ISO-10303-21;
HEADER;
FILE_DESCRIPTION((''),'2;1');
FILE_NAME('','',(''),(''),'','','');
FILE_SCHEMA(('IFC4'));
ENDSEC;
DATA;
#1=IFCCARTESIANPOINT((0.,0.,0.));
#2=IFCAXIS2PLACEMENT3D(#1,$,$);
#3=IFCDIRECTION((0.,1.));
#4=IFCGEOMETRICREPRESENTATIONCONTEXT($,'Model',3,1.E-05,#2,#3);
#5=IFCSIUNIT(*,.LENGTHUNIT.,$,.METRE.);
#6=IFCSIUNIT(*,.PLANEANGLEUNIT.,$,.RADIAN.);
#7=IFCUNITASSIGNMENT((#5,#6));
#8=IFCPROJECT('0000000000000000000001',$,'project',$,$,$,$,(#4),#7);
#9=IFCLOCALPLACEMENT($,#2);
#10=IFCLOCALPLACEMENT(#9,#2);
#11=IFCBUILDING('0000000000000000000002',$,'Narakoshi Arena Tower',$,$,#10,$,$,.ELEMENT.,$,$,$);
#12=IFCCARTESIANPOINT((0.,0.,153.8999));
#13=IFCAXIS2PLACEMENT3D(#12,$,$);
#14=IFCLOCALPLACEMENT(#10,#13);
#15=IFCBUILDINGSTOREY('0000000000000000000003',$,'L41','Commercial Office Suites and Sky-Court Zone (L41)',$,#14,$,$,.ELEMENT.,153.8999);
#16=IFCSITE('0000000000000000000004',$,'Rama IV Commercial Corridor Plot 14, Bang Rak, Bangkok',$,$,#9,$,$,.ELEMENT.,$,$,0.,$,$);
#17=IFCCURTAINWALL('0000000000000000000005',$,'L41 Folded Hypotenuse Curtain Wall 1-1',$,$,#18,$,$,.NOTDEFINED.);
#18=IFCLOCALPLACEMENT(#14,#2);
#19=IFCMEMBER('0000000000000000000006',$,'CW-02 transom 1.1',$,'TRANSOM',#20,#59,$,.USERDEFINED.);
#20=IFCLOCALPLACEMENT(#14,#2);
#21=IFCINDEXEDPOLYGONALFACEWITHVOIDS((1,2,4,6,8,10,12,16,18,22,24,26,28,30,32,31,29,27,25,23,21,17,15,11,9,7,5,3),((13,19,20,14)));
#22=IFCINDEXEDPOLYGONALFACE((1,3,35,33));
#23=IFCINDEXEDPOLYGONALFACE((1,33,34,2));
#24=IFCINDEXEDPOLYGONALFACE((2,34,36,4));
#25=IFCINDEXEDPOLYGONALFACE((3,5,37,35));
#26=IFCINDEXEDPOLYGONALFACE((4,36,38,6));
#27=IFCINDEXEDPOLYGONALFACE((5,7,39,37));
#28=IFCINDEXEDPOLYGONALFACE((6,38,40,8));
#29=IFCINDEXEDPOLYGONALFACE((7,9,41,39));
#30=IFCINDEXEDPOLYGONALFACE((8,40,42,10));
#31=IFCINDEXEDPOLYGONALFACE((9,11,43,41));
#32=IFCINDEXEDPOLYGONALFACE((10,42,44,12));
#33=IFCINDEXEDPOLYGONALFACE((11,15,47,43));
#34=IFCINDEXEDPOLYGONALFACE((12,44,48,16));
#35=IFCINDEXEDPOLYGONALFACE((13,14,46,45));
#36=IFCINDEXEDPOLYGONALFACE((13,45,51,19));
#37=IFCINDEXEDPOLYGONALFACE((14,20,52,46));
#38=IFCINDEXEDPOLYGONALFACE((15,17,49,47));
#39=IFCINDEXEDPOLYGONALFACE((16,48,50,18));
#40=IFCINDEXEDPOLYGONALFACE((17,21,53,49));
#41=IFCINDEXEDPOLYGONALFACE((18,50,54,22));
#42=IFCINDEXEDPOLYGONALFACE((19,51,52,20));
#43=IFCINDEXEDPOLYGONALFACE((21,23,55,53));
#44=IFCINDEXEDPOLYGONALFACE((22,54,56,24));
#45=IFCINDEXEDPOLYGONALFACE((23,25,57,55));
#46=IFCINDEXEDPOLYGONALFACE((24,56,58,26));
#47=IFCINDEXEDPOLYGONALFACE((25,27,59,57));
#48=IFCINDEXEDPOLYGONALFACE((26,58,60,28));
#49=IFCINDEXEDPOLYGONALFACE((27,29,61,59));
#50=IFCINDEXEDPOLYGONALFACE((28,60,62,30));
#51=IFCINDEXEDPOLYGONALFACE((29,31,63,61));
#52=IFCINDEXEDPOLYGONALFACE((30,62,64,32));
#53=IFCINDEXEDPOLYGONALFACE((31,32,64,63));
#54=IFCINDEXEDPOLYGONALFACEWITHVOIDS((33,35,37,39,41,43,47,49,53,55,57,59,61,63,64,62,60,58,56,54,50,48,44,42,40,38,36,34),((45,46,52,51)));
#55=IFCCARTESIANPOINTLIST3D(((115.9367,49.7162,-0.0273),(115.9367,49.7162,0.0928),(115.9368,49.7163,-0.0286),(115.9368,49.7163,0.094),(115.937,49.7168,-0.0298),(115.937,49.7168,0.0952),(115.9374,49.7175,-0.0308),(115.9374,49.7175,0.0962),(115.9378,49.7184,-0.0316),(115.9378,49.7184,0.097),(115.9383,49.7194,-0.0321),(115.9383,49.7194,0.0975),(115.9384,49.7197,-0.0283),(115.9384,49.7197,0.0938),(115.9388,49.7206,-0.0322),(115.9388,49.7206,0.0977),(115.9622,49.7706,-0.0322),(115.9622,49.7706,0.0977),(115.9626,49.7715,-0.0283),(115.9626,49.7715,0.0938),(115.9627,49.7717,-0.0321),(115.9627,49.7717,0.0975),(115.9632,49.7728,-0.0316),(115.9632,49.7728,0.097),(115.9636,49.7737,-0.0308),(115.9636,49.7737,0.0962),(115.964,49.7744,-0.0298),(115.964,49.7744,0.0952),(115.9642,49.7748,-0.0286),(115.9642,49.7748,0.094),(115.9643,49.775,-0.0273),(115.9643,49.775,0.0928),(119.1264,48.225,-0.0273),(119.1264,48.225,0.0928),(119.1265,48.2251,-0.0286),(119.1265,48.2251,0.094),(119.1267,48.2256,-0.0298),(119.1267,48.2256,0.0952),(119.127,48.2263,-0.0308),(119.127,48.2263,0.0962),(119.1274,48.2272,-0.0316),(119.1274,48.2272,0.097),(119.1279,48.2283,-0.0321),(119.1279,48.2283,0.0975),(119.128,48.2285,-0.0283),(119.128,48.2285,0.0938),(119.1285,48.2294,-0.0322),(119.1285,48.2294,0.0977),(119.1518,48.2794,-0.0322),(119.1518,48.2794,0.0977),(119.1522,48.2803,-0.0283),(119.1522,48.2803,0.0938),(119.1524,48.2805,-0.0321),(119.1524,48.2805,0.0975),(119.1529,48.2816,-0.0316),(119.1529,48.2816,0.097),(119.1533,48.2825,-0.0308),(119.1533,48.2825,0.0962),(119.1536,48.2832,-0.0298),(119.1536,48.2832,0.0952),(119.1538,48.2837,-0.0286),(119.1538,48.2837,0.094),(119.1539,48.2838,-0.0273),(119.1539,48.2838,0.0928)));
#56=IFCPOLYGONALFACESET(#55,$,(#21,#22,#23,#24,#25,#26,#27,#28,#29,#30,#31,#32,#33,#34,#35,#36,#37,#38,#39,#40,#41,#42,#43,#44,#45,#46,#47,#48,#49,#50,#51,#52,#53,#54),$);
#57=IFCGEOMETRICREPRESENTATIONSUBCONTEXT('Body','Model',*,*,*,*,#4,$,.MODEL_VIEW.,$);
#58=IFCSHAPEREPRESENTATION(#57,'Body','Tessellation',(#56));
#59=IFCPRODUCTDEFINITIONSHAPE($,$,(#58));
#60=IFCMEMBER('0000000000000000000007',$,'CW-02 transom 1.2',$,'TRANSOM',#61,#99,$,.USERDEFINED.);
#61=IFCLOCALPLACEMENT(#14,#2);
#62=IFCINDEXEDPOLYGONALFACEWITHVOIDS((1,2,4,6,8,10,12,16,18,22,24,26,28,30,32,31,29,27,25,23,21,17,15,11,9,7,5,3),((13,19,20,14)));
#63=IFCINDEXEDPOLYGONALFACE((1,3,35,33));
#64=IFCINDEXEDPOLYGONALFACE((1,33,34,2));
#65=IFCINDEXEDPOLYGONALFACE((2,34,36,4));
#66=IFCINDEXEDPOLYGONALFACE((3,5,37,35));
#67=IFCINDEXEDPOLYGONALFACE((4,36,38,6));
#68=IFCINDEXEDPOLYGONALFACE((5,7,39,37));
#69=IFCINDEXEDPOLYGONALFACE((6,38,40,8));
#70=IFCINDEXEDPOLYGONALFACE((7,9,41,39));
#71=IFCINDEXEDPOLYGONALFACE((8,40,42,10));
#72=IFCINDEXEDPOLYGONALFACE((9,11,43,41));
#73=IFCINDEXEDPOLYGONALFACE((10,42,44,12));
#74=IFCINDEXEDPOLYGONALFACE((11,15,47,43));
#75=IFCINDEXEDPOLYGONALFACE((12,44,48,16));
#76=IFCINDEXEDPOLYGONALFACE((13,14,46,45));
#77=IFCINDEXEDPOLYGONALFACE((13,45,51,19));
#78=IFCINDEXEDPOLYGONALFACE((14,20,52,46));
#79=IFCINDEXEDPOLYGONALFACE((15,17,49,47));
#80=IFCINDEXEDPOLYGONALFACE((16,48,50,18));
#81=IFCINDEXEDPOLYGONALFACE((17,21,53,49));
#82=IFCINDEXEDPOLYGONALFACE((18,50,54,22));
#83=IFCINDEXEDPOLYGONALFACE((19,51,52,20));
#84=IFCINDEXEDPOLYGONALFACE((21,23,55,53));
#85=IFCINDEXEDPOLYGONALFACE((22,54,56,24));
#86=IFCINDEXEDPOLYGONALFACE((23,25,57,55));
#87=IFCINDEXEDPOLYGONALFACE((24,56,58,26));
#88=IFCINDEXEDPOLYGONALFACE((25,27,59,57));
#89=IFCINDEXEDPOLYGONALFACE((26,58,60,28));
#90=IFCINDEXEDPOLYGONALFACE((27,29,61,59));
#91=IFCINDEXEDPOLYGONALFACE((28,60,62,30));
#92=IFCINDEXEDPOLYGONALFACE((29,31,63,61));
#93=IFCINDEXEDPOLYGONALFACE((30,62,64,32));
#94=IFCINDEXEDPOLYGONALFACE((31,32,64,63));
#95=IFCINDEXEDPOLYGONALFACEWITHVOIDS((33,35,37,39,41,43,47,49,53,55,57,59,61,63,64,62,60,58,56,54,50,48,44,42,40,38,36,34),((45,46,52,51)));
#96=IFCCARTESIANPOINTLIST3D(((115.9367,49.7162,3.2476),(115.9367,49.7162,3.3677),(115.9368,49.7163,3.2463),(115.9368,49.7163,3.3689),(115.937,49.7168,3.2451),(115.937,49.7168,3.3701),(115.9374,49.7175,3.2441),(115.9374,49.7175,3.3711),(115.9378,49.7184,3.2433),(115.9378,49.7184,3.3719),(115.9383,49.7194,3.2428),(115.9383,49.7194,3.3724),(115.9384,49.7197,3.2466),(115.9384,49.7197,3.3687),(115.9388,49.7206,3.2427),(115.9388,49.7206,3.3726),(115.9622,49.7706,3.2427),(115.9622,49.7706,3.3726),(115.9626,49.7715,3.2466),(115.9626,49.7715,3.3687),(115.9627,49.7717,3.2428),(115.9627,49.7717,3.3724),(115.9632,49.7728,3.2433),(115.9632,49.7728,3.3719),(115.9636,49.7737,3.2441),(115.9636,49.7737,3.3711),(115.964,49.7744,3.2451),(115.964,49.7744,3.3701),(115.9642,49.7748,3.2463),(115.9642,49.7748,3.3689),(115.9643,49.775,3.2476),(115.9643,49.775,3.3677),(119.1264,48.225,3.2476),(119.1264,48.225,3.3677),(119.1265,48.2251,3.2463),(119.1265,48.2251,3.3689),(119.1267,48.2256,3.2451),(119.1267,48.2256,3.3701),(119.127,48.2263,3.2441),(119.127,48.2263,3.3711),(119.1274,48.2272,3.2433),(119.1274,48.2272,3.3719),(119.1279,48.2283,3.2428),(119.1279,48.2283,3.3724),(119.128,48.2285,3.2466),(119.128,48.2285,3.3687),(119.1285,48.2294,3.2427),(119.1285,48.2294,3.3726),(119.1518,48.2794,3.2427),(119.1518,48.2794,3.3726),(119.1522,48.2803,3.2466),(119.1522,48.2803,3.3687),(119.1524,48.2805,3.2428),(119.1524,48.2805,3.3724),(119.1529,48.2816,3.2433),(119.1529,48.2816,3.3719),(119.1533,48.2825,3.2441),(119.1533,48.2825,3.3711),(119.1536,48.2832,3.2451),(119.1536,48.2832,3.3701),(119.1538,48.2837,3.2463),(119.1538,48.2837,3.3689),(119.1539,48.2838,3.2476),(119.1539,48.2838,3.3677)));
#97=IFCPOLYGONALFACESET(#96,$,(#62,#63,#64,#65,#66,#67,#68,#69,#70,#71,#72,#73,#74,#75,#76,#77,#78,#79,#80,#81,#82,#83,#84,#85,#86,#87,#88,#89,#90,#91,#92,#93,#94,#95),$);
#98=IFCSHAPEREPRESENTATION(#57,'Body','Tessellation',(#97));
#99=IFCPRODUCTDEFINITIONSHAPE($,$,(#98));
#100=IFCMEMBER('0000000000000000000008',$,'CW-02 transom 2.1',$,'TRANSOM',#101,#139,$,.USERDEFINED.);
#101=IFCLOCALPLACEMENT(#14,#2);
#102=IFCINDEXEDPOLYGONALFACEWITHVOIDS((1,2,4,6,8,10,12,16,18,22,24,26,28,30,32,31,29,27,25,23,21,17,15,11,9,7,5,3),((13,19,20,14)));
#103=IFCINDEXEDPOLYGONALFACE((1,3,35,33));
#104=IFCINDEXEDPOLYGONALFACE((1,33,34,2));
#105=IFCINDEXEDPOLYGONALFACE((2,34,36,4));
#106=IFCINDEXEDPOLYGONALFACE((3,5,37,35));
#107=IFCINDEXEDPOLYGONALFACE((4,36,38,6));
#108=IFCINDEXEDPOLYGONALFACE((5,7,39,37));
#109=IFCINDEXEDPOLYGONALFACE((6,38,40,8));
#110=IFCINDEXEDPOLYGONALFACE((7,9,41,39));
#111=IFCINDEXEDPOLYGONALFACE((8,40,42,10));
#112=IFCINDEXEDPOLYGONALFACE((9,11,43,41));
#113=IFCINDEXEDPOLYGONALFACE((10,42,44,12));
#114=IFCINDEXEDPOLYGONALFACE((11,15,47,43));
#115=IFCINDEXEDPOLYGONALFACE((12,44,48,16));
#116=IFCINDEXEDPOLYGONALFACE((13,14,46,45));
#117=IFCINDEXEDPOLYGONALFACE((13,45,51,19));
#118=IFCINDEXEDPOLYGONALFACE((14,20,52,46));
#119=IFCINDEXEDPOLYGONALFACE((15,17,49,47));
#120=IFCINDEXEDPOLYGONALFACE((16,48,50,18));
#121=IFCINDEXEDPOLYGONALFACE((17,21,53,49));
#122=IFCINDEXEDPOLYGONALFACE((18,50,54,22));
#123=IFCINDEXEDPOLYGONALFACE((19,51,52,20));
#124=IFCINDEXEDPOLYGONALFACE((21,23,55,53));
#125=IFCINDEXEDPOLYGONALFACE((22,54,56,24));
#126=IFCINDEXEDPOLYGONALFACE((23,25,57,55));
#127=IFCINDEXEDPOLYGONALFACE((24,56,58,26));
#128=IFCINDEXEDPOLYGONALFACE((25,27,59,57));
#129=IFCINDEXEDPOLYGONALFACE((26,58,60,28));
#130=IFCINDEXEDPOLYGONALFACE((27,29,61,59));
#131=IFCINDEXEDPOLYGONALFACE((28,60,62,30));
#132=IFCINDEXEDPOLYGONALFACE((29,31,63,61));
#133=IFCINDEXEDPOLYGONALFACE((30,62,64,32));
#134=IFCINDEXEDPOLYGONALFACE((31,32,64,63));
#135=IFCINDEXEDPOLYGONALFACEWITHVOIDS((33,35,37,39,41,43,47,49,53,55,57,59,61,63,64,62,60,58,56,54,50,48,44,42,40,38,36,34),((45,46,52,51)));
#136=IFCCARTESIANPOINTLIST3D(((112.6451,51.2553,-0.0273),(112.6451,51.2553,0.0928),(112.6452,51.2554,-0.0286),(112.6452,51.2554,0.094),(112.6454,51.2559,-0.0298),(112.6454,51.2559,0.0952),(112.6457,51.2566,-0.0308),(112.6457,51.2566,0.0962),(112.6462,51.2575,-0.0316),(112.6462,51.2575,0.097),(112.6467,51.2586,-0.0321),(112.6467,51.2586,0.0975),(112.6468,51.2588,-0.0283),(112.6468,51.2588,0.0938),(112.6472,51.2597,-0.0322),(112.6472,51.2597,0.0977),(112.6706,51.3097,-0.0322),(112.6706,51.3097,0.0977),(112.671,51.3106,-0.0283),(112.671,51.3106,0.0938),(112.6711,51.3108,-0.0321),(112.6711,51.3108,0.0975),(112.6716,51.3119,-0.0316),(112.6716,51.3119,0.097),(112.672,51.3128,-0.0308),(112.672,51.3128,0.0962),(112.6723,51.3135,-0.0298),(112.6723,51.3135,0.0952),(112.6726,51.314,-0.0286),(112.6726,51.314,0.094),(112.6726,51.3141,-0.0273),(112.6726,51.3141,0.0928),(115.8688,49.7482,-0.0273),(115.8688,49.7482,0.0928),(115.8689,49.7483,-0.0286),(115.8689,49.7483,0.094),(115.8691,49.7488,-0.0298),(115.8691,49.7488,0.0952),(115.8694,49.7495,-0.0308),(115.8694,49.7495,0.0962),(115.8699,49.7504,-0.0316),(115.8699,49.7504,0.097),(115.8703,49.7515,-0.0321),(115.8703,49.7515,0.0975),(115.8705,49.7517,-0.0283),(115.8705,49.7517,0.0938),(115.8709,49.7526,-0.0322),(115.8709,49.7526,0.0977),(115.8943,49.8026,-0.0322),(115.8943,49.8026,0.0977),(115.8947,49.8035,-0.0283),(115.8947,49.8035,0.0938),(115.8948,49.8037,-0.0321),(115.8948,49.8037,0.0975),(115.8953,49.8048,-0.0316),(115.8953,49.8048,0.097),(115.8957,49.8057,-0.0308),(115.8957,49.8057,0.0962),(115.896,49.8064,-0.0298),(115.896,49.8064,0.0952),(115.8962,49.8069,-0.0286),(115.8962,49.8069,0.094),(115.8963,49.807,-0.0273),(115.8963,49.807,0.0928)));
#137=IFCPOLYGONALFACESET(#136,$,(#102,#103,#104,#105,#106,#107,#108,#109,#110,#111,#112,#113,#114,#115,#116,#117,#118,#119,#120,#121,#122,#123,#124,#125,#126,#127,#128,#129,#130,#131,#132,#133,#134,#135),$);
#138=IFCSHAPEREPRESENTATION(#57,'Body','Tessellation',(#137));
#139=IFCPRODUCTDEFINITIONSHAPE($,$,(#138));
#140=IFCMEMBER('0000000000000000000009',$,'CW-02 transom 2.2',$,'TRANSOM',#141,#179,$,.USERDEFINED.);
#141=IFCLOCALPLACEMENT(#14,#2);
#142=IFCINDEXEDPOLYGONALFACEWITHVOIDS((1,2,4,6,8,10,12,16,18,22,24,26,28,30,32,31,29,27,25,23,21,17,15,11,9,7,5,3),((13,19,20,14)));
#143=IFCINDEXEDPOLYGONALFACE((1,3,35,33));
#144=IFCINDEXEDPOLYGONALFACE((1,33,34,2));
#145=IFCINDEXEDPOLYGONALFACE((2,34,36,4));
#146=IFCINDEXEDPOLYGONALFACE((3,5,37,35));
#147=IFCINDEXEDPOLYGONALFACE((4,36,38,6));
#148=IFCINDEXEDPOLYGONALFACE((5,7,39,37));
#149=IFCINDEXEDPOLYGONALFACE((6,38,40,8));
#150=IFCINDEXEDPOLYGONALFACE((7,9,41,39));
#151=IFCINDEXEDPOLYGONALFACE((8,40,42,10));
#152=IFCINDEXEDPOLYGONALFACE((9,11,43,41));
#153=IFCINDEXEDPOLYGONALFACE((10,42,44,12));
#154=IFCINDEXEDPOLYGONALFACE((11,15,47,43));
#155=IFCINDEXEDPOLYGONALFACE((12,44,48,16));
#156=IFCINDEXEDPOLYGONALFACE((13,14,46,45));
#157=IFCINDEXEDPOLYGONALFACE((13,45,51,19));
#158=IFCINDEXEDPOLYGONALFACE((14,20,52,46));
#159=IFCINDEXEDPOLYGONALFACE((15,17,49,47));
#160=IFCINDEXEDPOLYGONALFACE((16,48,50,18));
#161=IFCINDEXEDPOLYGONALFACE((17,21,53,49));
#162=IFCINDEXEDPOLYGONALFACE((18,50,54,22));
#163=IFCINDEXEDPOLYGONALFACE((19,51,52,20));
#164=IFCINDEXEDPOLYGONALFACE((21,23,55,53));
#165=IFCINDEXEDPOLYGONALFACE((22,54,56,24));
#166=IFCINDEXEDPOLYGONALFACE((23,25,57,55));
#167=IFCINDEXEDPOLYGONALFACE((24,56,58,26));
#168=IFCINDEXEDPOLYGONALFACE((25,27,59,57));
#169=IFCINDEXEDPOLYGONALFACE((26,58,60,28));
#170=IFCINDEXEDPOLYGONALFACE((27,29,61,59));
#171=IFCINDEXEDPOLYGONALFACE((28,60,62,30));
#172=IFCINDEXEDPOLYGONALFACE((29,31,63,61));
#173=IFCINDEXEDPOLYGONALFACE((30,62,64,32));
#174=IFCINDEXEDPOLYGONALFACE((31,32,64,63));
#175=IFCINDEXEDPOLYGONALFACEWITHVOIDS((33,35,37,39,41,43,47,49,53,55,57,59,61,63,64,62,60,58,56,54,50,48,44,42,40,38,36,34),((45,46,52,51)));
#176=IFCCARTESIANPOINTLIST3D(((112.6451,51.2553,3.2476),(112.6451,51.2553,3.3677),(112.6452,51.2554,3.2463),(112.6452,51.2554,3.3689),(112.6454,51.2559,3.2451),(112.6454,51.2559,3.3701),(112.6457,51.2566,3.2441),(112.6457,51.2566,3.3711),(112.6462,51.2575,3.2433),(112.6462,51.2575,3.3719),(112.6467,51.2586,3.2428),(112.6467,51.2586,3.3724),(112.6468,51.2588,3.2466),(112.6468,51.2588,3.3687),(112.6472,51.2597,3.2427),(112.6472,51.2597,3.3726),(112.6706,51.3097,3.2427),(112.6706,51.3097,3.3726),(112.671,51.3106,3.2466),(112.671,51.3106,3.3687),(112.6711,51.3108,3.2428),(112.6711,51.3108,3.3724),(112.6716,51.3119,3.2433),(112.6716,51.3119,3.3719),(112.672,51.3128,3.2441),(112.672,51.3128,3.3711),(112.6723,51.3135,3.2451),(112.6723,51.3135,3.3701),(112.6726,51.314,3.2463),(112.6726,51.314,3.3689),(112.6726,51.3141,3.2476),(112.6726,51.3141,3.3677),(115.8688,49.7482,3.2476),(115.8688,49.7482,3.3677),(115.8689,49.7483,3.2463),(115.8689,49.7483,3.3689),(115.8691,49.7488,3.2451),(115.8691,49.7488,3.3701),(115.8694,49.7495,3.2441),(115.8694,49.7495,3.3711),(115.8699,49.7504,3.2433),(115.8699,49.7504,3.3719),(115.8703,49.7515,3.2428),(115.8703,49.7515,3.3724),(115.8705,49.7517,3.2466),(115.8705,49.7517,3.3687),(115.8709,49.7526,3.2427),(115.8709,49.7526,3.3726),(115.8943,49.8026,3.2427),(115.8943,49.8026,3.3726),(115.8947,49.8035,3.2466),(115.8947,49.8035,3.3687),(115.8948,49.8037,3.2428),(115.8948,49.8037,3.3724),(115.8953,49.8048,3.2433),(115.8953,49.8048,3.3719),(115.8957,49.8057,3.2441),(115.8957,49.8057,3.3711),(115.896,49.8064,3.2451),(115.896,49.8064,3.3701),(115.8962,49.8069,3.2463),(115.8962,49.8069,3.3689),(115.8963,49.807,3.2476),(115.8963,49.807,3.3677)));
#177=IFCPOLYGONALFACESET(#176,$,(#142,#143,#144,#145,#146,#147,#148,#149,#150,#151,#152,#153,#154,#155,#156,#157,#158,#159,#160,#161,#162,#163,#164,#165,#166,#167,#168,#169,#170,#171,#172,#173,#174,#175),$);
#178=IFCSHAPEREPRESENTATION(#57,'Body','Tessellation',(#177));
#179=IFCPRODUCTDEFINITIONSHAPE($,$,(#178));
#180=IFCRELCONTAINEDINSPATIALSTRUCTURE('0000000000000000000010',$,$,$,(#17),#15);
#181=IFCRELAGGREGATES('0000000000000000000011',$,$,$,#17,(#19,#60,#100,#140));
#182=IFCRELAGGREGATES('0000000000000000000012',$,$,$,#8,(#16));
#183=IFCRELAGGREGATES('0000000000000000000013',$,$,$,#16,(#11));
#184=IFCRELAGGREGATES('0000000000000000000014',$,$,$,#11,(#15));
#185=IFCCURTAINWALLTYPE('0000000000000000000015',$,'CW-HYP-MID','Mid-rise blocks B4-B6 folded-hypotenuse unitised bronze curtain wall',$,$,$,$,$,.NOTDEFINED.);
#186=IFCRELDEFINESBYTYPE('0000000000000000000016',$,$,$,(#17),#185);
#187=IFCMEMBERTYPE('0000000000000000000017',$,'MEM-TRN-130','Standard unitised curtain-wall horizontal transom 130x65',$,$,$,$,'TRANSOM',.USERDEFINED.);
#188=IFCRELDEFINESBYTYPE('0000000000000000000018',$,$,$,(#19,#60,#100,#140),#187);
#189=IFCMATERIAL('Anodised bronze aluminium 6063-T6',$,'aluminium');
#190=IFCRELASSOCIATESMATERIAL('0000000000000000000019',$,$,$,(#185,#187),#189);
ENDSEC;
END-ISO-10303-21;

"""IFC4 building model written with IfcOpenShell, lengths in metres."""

from ifc_helpers import new_model, si_unit, direction, frame, origin, origin_2d, place, context, subcontext, project, spatial, hollow_rectangle, extrude, material, material_profile, profile_set, type_object, element, aggregate, save


model = new_model("IFC4")

# Units and contexts
model_context = context("Model", 3, precision=1e-05, world=origin(), true_north=direction((0.0, 1.0)))
body_context = subcontext(model_context, "Body", "Model", "MODEL_VIEW")
ifc_project = project(units=[si_unit("LENGTHUNIT", "METRE"), si_unit("PLANEANGLEUNIT", "RADIAN")], contexts=[model_context])

# Site, building, storey
site_placement = place(None, origin())
site = spatial("IfcSite", under=ifc_project, at=site_placement, Name="Rama IV Commercial Corridor Plot 14, Bang Rak, Bangkok", CompositionType="ELEMENT", RefElevation=0.0)
building_placement = place(site_placement, origin())
building = spatial("IfcBuilding", under=site, at=building_placement, Name="Narakoshi Arena Tower", CompositionType="ELEMENT")
storey_placement = place(building_placement, frame((0.0, 0.0, 153.8999)))
storey = spatial("IfcBuildingStorey", under=building, at=storey_placement, Name="L41", Description="Commercial Office Suites and Sky-Court Zone (L41)", CompositionType="ELEMENT", Elevation=153.8999)

# Curtain wall, members
ifc_material_1 = material(Name="Anodised bronze aluminium 6063-T6", Category="aluminium")
curtain_wall_type = type_object("IfcCurtainWallType", Name="CW-HYP-MID", Description="Mid-rise blocks B4-B6 folded-hypotenuse unitised bronze curtain wall", PredefinedType="NOTDEFINED", material=ifc_material_1)
curtain_wall_placement = place(storey_placement, origin())
curtain_wall = element("IfcCurtainWall", 1, at=curtain_wall_placement, inside=storey, type_object=curtain_wall_type, Name="L41 Folded Hypotenuse Curtain Wall 1-1", PredefinedType="NOTDEFINED")
ifc_material_profile_1 = material_profile(ifc_material_1, hollow_rectangle(XDim=0.0649, YDim=0.1299, WallThickness=0.0039, OuterFilletRadius=0.0049, at=origin_2d()), Name="TRN130x65x4")
ifc_profile_set_1 = profile_set([ifc_material_profile_1], Name="Anodised bronze aluminium 6063-T6")
member_type_1 = type_object("IfcMemberType", Name="MEM-TRN-130", Description="Standard unitised curtain-wall horizontal transom 130x65", ElementType="TRANSOM", PredefinedType="USERDEFINED", material=ifc_profile_set_1)
member_1_placement = place(storey_placement, frame((119.1401, 48.2544, 0.0327), z_axis=(-0.905891, 0.423512, 0.0), x_axis=(-0.423512, -0.905891, 0.0)))
member_1 = element("IfcMember", 2, at=member_1_placement, type_object=member_type_1, Name="CW-02 transom 1.1", ObjectType="TRANSOM", PredefinedType="USERDEFINED", context=body_context, shape_type="SweptSolid", body=[
    extrude(hollow_rectangle(XDim=0.0649, YDim=0.1299, WallThickness=0.0039, OuterFilletRadius=0.0049, at=origin_2d()), origin(), (0.0, 0.0, 1.0), 3.521),
])
member_2_placement = place(storey_placement, frame((119.1401, 48.2544, 3.3076), z_axis=(-0.905891, 0.423512, 0.0), x_axis=(-0.423512, -0.905891, 0.0)))
member_2 = element("IfcMember", 3, at=member_2_placement, type_object=member_type_1, Name="CW-02 transom 1.2", ObjectType="TRANSOM", PredefinedType="USERDEFINED", context=body_context, shape_type="SweptSolid", body=[
    extrude(hollow_rectangle(XDim=0.0649, YDim=0.1299, WallThickness=0.0039, OuterFilletRadius=0.0049, at=origin_2d()), origin(), (0.0, 0.0, 1.0), 3.521),
])
member_3_placement = place(storey_placement, frame((115.8826, 49.7776, 0.0327), z_axis=(-0.90589, 0.423513, 0.0), x_axis=(-0.423513, -0.90589, 0.0)))
member_3 = element("IfcMember", 4, at=member_3_placement, type_object=member_type_1, Name="CW-02 transom 2.1", ObjectType="TRANSOM", PredefinedType="USERDEFINED", context=body_context, shape_type="SweptSolid", body=[
    extrude(hollow_rectangle(XDim=0.0649, YDim=0.1299, WallThickness=0.0039, OuterFilletRadius=0.0049, at=origin_2d()), origin(), (0.0, 0.0, 1.0), 3.5586),
])
member_4_placement = place(storey_placement, frame((115.8826, 49.7776, 3.3076), z_axis=(-0.90589, 0.423513, 0.0), x_axis=(-0.423513, -0.90589, 0.0)))
member_4 = element("IfcMember", 5, at=member_4_placement, type_object=member_type_1, Name="CW-02 transom 2.2", ObjectType="TRANSOM", PredefinedType="USERDEFINED", context=body_context, shape_type="SweptSolid", body=[
    extrude(hollow_rectangle(XDim=0.0649, YDim=0.1299, WallThickness=0.0039, OuterFilletRadius=0.0049, at=origin_2d()), origin(), (0.0, 0.0, 1.0), 3.5586),
])
aggregate(curtain_wall, [member_1, member_2, member_3, member_4])

save(model, "model.ifc")
